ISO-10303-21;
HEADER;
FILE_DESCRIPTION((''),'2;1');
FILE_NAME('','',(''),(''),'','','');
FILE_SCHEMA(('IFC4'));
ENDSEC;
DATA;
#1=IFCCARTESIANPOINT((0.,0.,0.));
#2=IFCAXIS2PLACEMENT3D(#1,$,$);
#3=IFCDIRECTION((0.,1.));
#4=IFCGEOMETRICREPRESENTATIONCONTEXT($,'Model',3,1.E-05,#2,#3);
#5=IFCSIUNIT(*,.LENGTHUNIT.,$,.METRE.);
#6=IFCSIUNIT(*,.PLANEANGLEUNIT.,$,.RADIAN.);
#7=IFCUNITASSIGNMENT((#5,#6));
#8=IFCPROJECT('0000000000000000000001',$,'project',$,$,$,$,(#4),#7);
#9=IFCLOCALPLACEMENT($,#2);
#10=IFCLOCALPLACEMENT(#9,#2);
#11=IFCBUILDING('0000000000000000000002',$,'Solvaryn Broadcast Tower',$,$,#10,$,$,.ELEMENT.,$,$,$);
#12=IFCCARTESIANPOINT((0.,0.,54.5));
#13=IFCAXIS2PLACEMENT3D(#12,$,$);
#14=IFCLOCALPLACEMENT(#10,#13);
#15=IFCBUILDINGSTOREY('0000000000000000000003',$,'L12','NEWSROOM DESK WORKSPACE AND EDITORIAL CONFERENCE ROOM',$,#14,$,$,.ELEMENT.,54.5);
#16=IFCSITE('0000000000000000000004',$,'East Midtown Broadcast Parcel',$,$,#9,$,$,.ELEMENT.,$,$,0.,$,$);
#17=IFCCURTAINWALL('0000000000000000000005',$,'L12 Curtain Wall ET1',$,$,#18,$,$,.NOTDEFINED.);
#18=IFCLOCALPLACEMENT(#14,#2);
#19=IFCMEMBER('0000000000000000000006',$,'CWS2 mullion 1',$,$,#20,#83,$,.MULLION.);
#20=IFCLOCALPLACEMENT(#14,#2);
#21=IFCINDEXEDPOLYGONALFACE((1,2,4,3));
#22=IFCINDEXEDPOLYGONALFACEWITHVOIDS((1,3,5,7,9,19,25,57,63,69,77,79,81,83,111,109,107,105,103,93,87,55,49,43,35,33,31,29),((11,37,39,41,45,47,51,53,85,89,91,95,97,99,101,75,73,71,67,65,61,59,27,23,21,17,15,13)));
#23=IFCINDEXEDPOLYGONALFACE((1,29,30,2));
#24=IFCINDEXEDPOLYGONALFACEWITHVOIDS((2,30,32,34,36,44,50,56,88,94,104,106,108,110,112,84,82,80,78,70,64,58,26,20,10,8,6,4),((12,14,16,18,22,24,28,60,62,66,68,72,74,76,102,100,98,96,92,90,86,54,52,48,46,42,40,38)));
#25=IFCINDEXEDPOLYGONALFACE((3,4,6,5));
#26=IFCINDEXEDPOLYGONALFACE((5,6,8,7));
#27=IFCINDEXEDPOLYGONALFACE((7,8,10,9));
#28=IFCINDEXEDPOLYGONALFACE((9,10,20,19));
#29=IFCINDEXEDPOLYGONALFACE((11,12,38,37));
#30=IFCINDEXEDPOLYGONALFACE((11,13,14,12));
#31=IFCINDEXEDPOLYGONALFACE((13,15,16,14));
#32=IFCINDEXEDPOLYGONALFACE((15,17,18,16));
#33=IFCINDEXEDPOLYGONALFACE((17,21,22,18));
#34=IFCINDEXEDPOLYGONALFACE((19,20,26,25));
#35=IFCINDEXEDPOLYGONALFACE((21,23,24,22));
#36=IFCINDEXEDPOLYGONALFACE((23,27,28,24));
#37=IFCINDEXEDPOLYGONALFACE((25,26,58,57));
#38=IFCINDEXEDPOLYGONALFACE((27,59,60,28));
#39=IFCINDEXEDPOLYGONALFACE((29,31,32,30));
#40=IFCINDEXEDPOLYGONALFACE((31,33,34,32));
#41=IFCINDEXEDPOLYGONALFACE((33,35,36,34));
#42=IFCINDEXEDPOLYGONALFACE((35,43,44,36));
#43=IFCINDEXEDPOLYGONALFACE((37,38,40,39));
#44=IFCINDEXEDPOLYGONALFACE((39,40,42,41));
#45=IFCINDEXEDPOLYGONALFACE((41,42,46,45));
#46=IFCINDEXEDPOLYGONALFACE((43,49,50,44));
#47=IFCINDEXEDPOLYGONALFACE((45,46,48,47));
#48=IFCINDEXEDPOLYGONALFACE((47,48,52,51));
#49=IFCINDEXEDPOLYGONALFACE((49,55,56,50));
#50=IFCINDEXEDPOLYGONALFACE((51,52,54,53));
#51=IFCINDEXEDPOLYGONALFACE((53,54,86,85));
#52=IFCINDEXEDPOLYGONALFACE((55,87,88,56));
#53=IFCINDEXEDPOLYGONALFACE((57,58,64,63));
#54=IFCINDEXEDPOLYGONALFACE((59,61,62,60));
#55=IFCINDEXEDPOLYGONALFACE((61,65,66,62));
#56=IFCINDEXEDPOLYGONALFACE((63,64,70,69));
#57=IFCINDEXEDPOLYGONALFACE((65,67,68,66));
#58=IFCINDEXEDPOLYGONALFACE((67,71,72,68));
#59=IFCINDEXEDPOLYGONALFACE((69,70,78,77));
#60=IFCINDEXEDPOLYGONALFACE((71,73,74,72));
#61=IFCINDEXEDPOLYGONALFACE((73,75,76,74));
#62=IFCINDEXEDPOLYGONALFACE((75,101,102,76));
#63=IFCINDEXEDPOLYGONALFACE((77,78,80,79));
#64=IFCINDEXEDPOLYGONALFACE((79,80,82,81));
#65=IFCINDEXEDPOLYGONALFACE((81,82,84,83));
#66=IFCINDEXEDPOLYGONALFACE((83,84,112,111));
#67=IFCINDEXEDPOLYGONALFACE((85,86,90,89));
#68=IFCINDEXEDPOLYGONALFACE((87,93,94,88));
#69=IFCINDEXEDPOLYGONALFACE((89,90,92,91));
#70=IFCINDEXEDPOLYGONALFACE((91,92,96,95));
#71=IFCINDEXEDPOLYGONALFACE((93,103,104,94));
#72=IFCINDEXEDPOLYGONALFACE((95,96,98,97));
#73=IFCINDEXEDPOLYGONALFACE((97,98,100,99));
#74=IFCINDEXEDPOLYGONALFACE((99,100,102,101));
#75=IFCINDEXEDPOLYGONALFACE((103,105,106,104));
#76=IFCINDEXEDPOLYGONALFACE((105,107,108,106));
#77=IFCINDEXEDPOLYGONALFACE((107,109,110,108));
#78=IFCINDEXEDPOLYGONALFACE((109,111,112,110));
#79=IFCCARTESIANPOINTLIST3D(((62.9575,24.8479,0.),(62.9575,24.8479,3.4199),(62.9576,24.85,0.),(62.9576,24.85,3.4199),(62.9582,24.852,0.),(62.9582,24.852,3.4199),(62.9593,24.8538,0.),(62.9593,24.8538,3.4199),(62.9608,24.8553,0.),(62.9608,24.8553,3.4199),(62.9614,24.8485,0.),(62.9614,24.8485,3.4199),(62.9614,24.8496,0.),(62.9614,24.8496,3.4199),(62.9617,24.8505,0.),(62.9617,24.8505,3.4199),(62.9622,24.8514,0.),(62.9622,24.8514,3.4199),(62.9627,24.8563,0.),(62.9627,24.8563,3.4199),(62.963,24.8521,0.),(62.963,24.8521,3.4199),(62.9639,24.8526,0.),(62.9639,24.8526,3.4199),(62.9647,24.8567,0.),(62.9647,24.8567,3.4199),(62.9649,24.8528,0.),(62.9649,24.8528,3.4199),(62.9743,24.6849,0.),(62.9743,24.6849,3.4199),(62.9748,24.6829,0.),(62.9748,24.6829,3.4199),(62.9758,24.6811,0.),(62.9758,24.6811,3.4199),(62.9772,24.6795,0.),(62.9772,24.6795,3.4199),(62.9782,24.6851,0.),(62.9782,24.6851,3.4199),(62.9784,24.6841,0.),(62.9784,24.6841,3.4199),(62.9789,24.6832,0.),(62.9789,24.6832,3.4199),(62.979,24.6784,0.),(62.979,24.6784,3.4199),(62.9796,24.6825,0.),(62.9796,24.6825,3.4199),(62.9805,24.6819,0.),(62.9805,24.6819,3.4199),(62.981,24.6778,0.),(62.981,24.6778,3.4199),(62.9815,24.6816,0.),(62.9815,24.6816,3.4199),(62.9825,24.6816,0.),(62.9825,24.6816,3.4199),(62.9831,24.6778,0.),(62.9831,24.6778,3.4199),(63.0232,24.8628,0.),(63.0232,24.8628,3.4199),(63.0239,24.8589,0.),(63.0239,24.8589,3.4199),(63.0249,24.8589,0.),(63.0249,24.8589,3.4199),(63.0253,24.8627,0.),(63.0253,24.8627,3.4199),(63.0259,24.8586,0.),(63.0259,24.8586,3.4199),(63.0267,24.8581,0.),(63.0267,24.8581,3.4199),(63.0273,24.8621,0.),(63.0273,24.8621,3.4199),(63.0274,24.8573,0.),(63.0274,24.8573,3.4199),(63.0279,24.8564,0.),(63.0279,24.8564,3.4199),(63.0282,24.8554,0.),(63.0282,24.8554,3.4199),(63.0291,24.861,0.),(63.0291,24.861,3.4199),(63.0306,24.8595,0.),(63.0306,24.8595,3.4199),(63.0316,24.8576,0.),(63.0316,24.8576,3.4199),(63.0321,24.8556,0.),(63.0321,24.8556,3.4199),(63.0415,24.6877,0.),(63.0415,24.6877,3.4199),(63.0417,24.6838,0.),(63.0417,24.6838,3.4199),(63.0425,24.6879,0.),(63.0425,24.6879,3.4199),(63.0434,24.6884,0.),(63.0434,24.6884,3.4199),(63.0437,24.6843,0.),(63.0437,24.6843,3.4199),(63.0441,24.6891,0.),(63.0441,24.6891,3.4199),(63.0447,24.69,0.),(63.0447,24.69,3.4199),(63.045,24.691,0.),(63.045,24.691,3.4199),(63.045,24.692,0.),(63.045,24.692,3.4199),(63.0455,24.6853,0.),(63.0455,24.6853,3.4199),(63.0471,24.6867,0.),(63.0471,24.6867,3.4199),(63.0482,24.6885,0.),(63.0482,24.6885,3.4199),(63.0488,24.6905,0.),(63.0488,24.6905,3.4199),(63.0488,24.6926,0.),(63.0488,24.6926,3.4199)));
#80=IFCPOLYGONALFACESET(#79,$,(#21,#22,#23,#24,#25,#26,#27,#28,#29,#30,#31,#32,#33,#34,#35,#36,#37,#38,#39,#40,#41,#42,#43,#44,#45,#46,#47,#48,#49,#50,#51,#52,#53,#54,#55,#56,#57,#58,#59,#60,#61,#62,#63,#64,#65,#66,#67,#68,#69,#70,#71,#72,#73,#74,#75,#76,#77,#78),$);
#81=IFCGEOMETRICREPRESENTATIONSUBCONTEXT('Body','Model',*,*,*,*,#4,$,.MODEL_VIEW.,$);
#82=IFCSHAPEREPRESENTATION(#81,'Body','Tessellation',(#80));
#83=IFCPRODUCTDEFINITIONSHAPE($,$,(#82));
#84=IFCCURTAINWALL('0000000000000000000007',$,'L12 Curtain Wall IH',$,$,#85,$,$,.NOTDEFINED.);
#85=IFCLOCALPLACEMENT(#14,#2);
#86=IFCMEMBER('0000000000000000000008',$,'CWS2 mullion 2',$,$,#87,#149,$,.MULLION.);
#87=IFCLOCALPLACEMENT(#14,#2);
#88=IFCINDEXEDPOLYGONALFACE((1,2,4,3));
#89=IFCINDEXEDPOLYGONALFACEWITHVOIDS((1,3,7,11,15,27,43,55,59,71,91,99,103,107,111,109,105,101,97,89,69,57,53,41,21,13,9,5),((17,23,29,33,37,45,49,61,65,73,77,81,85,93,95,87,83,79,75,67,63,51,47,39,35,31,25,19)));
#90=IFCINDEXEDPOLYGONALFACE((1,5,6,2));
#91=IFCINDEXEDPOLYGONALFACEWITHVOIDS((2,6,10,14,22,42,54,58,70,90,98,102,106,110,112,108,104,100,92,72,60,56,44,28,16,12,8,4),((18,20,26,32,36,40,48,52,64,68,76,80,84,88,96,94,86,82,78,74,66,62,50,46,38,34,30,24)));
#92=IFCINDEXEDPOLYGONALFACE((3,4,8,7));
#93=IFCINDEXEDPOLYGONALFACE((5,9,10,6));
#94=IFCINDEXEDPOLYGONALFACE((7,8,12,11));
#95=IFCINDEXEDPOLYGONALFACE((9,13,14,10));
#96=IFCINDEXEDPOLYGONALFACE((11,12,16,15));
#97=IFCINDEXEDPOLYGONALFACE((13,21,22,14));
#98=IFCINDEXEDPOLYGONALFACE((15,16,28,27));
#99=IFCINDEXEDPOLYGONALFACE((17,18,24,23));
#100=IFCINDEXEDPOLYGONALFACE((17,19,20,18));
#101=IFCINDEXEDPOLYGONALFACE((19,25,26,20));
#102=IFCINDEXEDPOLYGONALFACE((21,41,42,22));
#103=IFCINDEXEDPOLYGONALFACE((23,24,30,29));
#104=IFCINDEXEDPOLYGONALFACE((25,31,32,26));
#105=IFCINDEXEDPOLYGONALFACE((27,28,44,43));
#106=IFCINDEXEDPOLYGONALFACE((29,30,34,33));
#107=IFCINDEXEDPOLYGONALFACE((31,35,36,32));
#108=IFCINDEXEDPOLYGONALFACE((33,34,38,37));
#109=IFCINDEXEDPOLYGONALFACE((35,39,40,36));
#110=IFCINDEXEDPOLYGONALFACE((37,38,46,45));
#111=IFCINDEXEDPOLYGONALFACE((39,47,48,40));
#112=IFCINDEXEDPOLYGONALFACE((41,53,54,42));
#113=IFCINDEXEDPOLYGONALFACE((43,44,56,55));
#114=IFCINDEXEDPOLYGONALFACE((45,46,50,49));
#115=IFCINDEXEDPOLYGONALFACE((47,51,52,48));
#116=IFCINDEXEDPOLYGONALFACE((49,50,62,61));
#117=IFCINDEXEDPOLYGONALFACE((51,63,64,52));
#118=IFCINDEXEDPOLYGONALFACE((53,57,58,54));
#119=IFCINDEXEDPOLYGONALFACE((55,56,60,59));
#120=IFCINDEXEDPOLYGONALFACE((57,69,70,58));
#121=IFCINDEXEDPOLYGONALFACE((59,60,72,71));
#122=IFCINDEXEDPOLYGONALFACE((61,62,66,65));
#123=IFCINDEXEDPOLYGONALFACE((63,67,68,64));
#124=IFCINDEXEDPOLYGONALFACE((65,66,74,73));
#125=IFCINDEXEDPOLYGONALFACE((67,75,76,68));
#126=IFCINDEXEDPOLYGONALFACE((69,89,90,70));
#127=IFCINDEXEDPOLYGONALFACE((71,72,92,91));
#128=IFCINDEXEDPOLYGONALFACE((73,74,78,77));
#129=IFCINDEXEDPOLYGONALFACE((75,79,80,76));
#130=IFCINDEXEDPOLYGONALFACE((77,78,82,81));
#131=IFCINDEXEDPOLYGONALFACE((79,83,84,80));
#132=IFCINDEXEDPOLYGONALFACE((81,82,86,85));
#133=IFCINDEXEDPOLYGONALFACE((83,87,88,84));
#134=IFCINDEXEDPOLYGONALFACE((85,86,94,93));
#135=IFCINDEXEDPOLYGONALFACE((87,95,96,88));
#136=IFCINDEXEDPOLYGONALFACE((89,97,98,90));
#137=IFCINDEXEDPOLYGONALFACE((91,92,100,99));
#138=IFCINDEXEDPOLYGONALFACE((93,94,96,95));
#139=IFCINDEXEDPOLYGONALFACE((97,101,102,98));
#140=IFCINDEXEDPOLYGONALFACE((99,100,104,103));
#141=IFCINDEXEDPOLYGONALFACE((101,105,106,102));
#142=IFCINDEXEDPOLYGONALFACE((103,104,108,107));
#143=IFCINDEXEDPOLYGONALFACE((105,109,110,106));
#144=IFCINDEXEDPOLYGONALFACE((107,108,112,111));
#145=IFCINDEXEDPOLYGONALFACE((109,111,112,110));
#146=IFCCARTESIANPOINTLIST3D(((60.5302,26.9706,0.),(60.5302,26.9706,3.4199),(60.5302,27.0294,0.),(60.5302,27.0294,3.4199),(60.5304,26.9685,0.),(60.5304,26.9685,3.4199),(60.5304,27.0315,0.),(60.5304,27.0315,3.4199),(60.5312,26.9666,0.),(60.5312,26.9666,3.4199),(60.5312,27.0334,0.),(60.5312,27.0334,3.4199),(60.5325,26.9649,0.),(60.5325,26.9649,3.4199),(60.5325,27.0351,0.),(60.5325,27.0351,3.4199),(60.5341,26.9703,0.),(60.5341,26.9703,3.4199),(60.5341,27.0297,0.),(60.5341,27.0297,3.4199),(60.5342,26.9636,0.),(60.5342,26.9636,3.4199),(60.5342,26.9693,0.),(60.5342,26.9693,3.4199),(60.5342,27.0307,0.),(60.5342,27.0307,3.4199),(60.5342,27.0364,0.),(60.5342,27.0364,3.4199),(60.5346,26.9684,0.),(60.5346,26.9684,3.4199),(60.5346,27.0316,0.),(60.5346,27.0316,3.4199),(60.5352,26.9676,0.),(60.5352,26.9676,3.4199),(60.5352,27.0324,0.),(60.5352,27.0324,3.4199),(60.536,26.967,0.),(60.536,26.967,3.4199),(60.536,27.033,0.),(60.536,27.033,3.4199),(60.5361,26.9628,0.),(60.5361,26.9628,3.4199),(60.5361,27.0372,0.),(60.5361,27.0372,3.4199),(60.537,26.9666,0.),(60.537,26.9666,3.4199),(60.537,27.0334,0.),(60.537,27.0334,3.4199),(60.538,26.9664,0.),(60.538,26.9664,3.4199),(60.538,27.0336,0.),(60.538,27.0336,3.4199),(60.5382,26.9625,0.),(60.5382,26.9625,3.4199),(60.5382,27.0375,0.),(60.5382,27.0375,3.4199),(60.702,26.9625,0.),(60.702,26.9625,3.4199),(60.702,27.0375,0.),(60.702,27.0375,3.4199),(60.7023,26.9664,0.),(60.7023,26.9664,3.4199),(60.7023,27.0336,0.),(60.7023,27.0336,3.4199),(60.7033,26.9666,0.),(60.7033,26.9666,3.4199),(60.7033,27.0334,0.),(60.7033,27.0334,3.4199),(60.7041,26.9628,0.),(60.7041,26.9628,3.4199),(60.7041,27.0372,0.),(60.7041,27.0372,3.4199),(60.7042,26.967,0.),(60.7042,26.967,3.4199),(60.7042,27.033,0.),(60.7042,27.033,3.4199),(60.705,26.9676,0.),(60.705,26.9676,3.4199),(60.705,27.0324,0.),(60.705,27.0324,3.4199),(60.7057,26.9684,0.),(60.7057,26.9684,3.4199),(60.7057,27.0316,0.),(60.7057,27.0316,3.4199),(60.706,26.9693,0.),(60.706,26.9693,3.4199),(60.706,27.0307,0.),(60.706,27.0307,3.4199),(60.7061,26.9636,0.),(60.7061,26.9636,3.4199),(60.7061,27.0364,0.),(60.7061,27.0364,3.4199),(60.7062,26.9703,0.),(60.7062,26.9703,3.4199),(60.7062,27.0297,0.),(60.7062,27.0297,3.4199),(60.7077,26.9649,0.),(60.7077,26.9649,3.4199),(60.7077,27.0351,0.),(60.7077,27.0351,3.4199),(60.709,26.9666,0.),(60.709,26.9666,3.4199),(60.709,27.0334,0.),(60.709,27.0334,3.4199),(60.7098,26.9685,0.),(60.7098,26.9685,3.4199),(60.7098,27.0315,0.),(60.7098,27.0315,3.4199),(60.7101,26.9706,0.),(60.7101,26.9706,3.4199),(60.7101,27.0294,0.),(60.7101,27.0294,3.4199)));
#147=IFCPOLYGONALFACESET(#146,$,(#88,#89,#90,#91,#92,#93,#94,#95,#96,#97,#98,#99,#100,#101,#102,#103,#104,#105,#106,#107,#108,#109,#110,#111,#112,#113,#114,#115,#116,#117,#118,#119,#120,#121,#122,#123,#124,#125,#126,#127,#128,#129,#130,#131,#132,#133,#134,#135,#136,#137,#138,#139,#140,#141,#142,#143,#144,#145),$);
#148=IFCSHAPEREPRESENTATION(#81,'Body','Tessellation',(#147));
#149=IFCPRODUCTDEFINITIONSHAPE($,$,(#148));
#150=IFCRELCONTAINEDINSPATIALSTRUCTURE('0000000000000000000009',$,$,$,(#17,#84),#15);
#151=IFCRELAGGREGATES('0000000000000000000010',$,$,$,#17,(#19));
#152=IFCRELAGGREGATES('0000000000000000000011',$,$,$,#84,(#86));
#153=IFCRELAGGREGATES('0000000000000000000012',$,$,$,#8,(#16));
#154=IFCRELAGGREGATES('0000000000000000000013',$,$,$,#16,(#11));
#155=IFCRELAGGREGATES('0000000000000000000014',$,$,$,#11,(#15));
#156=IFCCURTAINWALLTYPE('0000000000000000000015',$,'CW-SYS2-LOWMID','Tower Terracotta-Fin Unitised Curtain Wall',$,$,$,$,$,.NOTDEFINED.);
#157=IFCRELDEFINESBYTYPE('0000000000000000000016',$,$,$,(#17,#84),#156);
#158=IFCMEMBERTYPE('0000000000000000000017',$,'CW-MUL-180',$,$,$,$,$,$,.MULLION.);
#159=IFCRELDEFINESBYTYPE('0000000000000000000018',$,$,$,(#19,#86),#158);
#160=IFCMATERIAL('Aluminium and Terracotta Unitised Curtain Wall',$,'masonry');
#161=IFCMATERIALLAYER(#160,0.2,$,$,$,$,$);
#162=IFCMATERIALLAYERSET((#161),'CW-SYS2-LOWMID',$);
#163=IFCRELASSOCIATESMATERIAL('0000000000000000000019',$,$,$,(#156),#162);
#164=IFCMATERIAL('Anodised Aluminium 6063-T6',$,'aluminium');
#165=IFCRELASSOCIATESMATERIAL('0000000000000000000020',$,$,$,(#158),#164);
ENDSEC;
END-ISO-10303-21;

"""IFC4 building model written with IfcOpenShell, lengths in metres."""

from ifc_helpers import new_model, si_unit, direction, frame, origin, origin_2d, place, context, subcontext, project, spatial, hollow_rectangle, extrude, material, layer, layer_set, material_profile, profile_set, type_object, element, aggregate, save


model = new_model("IFC4")

# Units and contexts
model_context = context("Model", 3, precision=1e-05, world=origin(), true_north=direction((0.0, 1.0)))
body_context = subcontext(model_context, "Body", "Model", "MODEL_VIEW")
ifc_project = project(units=[si_unit("LENGTHUNIT", "METRE"), si_unit("PLANEANGLEUNIT", "RADIAN")], contexts=[model_context])

# Site, building, storey
site_placement = place(None, origin())
site = spatial("IfcSite", under=ifc_project, at=site_placement, Name="East Midtown Broadcast Parcel", CompositionType="ELEMENT", RefElevation=0.0)
building_placement = place(site_placement, origin())
building = spatial("IfcBuilding", under=site, at=building_placement, Name="Solvaryn Broadcast Tower", CompositionType="ELEMENT")
storey_placement = place(building_placement, frame((0.0, 0.0, 54.5)))
storey = spatial("IfcBuildingStorey", under=building, at=storey_placement, Name="L12", Description="NEWSROOM DESK WORKSPACE AND EDITORIAL CONFERENCE ROOM", CompositionType="ELEMENT", Elevation=54.5)

# Curtain walls, members
ifc_material_1 = material(Name="Aluminium and Terracotta Unitised Curtain Wall", Category="masonry")
ifc_layer_1 = layer(ifc_material_1, 0.2)
ifc_layer_set_1 = layer_set([ifc_layer_1], Name="CW-SYS2-LOWMID")
curtain_wall_type = type_object("IfcCurtainWallType", Name="CW-SYS2-LOWMID", Description="Tower Terracotta-Fin Unitised Curtain Wall", PredefinedType="NOTDEFINED", material=ifc_layer_set_1)
curtain_wall_1_placement = place(storey_placement, origin())
curtain_wall_1 = element("IfcCurtainWall", 1, at=curtain_wall_1_placement, inside=storey, type_object=curtain_wall_type, Name="L12 Curtain Wall ET1", PredefinedType="NOTDEFINED")
ifc_material_2 = material(Name="Anodised Aluminium 6063-T6", Category="aluminium")
ifc_material_profile_1 = material_profile(ifc_material_2, hollow_rectangle(XDim=0.075, YDim=0.1799, WallThickness=0.0039, InnerFilletRadius=0.0039, OuterFilletRadius=0.0081, at=origin_2d()))
ifc_profile_set_1 = profile_set([ifc_material_profile_1], Name="Anodised Aluminium 6063-T6")
member_type_1 = type_object("IfcMemberType", Name="CW-MUL-180", PredefinedType="MULLION", material=ifc_profile_set_1)
member_1_placement = place(storey_placement, frame((63.0032, 24.7703, 0.0), z_axis=(0.0, 0.0, 1.0), x_axis=(0.994743, 0.1024, 0.0)))
member_1 = element("IfcMember", 2, at=member_1_placement, type_object=member_type_1, Name="CWS2 mullion 1", PredefinedType="MULLION", context=body_context, shape_type="SweptSolid", body=[
    extrude(hollow_rectangle(XDim=0.075, YDim=0.1799, WallThickness=0.0039, InnerFilletRadius=0.0039, OuterFilletRadius=0.0081, at=origin_2d()), origin(), (0.0, 0.0, 1.0), 3.4199),
])
curtain_wall_2_placement = place(storey_placement, origin())
curtain_wall_2 = element("IfcCurtainWall", 3, at=curtain_wall_2_placement, inside=storey, type_object=curtain_wall_type, Name="L12 Curtain Wall IH", PredefinedType="NOTDEFINED")
member_2_placement = place(storey_placement, frame((60.6201, 27.0, 0.0), z_axis=(0.0, 0.0, 1.0), x_axis=(0.0, 1.0, 0.0)))
member_2 = element("IfcMember", 4, at=member_2_placement, type_object=member_type_1, Name="CWS2 mullion 2", PredefinedType="MULLION", context=body_context, shape_type="SweptSolid", body=[
    extrude(hollow_rectangle(XDim=0.075, YDim=0.1799, WallThickness=0.0039, InnerFilletRadius=0.0039, OuterFilletRadius=0.0081, at=origin_2d()), origin(), (0.0, 0.0, 1.0), 3.4199),
])

aggregate(curtain_wall_1, [member_1])
aggregate(curtain_wall_2, [member_2])

save(model, "model.ifc")
